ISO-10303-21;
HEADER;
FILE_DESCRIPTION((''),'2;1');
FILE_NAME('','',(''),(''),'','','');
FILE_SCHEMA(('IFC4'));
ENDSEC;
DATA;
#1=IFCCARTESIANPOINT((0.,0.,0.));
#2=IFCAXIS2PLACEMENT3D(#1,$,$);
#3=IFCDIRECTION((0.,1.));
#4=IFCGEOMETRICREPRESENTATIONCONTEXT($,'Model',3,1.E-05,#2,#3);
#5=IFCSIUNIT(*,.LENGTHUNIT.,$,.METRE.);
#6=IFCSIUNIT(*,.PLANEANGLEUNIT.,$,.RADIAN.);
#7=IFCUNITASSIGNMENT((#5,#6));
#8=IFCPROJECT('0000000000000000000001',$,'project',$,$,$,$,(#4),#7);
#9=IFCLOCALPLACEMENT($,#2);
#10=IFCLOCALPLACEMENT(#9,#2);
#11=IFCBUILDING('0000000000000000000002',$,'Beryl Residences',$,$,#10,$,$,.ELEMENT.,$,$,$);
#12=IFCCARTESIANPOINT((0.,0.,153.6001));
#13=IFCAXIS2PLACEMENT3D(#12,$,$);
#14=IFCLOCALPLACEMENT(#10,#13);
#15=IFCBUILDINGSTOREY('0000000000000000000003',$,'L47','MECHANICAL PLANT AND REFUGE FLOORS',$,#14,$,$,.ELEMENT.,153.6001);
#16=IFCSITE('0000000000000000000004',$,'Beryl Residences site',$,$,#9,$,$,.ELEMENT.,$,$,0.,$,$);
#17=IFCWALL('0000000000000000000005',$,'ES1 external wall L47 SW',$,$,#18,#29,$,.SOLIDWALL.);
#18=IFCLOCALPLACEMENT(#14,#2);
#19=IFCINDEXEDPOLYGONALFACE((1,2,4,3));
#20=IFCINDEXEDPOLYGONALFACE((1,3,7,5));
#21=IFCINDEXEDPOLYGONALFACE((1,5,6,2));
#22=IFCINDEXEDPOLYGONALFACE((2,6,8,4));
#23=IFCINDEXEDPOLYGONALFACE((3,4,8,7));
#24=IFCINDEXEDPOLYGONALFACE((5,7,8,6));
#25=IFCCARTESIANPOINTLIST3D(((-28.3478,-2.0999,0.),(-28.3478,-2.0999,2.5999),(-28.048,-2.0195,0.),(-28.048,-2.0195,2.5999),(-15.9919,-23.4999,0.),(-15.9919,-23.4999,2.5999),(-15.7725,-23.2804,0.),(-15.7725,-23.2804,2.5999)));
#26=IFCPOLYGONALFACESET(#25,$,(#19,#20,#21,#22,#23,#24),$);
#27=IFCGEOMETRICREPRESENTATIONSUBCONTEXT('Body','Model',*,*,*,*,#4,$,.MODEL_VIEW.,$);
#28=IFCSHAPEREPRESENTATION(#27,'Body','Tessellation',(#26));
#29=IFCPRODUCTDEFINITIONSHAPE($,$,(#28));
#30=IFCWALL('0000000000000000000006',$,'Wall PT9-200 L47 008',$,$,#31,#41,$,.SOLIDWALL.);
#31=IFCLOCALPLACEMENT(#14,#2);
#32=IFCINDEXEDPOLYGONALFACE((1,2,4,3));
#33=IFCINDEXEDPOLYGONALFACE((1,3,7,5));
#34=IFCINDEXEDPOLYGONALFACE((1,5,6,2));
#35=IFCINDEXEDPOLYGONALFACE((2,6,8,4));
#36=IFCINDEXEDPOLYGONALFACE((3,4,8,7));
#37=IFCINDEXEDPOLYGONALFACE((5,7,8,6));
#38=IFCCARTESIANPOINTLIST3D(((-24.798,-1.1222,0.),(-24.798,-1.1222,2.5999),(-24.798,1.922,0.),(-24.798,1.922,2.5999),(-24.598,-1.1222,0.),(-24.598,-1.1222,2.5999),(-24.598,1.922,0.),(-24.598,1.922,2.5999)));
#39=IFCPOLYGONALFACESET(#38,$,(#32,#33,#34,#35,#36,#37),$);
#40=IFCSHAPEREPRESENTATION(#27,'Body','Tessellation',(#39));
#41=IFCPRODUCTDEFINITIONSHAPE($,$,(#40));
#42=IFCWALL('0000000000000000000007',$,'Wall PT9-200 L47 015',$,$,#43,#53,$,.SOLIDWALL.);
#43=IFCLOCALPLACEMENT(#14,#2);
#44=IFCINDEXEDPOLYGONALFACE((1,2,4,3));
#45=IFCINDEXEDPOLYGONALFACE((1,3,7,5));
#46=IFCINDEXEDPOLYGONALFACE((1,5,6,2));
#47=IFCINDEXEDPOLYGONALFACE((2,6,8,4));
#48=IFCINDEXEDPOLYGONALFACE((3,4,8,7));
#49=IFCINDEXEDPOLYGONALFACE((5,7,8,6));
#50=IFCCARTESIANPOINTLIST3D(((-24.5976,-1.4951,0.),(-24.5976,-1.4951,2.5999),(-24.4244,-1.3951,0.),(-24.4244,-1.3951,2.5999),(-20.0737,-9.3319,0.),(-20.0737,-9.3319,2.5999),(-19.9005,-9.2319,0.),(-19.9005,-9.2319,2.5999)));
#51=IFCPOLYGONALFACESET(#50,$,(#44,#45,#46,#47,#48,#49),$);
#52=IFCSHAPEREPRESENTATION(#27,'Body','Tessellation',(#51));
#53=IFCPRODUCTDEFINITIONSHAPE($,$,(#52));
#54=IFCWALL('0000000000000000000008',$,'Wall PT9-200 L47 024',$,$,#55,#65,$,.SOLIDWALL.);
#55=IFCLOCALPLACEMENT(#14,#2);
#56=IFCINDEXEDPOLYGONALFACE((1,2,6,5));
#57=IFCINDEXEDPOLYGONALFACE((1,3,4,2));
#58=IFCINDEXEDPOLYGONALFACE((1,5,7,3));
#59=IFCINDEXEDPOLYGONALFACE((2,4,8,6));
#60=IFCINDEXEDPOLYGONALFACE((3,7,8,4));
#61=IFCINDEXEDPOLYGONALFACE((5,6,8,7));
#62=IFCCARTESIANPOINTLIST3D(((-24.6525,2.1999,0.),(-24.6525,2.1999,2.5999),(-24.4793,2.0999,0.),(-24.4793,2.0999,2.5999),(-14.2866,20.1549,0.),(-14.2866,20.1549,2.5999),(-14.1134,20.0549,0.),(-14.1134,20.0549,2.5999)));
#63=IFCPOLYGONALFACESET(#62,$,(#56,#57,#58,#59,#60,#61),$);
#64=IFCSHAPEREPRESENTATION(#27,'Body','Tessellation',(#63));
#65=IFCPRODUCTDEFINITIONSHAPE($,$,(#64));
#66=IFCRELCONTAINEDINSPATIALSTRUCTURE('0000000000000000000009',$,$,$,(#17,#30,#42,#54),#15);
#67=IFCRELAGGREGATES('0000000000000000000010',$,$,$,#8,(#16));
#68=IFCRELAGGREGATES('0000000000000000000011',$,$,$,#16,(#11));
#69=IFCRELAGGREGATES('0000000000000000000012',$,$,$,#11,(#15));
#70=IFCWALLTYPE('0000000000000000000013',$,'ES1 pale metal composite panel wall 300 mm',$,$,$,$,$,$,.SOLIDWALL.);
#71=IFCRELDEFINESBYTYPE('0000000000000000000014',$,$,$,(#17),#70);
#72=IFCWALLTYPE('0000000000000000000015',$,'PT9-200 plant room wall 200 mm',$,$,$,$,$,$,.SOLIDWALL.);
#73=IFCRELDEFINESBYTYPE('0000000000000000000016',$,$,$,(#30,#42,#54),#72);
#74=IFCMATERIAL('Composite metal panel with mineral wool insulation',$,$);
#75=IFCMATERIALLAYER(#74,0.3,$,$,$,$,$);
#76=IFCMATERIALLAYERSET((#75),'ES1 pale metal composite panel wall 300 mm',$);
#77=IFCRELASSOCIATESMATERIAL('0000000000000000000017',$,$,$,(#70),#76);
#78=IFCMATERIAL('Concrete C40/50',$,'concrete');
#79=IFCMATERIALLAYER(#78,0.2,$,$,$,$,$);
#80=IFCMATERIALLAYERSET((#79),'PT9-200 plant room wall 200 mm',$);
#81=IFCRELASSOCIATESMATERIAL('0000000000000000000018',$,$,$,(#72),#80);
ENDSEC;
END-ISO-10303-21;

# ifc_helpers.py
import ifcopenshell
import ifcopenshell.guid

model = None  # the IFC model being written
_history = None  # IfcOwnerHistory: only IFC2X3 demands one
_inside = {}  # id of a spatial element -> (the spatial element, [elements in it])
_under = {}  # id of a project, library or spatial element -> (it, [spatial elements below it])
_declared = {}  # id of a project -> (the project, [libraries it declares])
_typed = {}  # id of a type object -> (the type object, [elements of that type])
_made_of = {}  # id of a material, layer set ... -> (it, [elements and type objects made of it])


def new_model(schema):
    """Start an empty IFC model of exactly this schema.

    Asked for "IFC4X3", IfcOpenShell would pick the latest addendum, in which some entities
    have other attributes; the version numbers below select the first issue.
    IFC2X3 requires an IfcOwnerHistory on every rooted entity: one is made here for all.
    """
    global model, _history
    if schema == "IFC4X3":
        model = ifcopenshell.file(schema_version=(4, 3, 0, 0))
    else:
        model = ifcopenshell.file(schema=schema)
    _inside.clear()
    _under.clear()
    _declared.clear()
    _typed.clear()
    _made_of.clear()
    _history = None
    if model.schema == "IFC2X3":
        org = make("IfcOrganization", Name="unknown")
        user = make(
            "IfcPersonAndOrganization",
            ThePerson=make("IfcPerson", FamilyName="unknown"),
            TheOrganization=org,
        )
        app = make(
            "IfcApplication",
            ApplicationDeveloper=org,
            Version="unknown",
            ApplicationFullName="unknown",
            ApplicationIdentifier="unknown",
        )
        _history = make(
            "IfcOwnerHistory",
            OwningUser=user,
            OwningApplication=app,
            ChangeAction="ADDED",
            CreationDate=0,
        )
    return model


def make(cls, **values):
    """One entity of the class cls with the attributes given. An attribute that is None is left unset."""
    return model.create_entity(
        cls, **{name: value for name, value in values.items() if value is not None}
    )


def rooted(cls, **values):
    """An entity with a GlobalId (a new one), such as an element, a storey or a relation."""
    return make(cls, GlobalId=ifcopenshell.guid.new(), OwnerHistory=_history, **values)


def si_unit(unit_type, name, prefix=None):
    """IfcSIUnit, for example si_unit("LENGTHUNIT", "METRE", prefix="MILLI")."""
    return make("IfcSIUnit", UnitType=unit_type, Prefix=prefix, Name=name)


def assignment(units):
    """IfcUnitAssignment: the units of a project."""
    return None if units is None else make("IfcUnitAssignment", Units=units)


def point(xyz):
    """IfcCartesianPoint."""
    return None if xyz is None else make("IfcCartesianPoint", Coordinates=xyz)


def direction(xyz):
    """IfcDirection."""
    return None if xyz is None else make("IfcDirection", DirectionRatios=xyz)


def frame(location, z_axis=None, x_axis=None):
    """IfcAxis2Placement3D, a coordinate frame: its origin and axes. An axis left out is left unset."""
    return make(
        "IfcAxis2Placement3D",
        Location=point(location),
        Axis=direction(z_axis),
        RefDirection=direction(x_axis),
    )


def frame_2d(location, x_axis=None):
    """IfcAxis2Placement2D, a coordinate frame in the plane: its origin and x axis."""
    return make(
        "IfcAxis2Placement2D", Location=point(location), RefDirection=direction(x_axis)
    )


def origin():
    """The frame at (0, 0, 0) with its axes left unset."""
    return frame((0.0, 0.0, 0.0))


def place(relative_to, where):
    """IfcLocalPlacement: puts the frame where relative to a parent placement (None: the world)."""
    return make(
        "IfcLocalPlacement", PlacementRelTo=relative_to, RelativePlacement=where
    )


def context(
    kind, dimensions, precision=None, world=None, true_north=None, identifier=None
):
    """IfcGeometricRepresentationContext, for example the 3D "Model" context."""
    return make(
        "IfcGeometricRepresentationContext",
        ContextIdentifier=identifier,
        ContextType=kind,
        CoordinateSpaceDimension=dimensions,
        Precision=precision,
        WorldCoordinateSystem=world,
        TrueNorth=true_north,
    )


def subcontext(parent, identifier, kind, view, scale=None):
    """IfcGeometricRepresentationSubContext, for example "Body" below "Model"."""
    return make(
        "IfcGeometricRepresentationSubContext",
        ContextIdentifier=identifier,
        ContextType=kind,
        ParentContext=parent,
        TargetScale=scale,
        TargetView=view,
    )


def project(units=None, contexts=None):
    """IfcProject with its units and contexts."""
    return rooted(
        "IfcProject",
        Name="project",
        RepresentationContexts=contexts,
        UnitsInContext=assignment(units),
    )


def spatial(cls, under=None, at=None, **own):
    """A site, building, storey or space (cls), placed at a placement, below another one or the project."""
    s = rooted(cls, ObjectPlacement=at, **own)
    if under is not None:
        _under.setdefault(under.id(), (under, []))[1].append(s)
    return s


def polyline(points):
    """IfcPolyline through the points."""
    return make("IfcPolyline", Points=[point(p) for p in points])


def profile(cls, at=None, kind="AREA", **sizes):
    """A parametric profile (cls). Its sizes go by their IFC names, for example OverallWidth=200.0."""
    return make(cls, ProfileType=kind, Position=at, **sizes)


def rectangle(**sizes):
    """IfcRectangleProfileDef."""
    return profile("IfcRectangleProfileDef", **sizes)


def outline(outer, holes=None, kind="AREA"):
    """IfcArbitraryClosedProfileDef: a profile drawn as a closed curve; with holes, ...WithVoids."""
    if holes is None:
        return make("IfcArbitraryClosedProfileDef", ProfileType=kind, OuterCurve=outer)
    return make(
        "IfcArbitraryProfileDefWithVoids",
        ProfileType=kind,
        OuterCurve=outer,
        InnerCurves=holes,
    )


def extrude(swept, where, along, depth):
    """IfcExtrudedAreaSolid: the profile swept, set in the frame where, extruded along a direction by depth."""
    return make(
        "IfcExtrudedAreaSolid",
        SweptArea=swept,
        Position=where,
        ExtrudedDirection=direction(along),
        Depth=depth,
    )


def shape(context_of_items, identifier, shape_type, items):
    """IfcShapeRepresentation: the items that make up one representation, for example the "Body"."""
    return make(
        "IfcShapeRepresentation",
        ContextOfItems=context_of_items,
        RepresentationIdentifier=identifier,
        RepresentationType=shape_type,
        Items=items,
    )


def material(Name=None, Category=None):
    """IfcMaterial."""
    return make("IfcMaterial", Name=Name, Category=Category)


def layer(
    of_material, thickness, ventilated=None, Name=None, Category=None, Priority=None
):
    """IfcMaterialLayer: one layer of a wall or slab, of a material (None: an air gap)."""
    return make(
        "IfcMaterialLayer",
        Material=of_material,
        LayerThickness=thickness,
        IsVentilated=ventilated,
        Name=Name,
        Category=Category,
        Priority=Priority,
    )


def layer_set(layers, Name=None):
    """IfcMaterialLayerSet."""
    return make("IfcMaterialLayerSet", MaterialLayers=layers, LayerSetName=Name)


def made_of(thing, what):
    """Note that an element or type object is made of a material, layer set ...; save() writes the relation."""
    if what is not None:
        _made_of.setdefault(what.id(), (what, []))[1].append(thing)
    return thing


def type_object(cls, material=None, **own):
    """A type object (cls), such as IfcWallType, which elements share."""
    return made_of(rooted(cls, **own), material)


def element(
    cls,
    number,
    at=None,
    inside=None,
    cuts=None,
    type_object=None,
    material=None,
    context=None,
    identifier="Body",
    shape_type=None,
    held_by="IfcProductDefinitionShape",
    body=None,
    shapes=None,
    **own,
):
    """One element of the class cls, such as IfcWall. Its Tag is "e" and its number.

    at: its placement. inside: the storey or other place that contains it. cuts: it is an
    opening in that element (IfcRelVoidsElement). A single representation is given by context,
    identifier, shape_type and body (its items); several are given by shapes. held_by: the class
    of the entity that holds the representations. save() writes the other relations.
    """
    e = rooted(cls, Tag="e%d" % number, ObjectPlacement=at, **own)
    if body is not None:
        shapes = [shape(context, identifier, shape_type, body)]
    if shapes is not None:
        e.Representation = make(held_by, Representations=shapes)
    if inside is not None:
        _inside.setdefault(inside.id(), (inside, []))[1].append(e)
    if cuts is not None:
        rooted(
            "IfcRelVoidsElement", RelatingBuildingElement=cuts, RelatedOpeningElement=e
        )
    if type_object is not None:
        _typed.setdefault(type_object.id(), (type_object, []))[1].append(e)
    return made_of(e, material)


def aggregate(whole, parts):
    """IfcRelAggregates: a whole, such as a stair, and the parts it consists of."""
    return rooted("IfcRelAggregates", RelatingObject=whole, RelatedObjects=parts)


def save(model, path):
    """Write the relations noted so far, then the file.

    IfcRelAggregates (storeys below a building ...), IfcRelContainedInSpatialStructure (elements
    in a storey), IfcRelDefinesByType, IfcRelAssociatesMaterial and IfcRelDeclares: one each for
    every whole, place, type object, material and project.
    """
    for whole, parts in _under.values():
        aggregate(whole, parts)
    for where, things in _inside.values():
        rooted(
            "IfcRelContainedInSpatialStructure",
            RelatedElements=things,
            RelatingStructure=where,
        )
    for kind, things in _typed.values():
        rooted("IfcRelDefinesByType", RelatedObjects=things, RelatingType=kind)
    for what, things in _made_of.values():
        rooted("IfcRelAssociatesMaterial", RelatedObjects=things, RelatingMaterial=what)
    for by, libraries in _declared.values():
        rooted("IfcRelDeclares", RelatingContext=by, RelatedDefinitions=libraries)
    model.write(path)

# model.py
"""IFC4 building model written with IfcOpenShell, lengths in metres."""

from ifc_helpers import new_model, si_unit, direction, frame, frame_2d, origin, place, context, subcontext, project, spatial, polyline, rectangle, outline, extrude, material, layer, layer_set, type_object, element, save


model = new_model("IFC4")

# Units and contexts
model_context = context("Model", 3, precision=1e-05, world=origin(), true_north=direction((0.0, 1.0)))
body_context = subcontext(model_context, "Body", "Model", "MODEL_VIEW")
ifc_project = project(units=[si_unit("LENGTHUNIT", "METRE"), si_unit("PLANEANGLEUNIT", "RADIAN")], contexts=[model_context])

# Site, building, storey
site_placement = place(None, origin())
site = spatial("IfcSite", under=ifc_project, at=site_placement, Name="Beryl Residences site", CompositionType="ELEMENT", RefElevation=0.0)
building_placement = place(site_placement, origin())
building = spatial("IfcBuilding", under=site, at=building_placement, Name="Beryl Residences", CompositionType="ELEMENT")
storey_placement = place(building_placement, frame((0.0, 0.0, 153.6001)))
storey = spatial("IfcBuildingStorey", under=building, at=storey_placement, Name="L47", Description="MECHANICAL PLANT AND REFUGE FLOORS", CompositionType="ELEMENT", Elevation=153.6001)

# Walls
ifc_material_1 = material(Name="Composite metal panel with mineral wool insulation")
ifc_layer_1 = layer(ifc_material_1, 0.3)
ifc_layer_set_1 = layer_set([ifc_layer_1], Name="ES1 pale metal composite panel wall 300 mm")
wall_type_1 = type_object("IfcWallType", Name="ES1 pale metal composite panel wall 300 mm", PredefinedType="SOLIDWALL", material=ifc_layer_set_1)
wall_1_placement = place(storey_placement, frame((-28.218, -2.0249, 0.0), z_axis=(0.0, 0.0, 1.0), x_axis=(0.500018, -0.866015, 0.0)))
element("IfcWall", 1, at=wall_1_placement, inside=storey, type_object=wall_type_1, Name="ES1 external wall L47 SW", PredefinedType="SOLIDWALL", context=body_context, shape_type="SweptSolid", body=[
    extrude(outline(polyline([(0.0, -0.1499), (24.7109, -0.1499), (24.6306, 0.1499), (0.0803, 0.1499), (0.0, -0.1499)])), origin(), (0.0, 0.0, 1.0), 2.5999),
])
ifc_material_2 = material(Name="Concrete C40/50", Category="concrete")
ifc_layer_2 = layer(ifc_material_2, 0.2)
ifc_layer_set_2 = layer_set([ifc_layer_2], Name="PT9-200 plant room wall 200 mm")
wall_type_2 = type_object("IfcWallType", Name="PT9-200 plant room wall 200 mm", PredefinedType="SOLIDWALL", material=ifc_layer_set_2)
wall_2_placement = place(storey_placement, frame((-24.698, -1.1221, 0.0), z_axis=(0.0, 0.0, 1.0), x_axis=(0.0, 1.0, 0.0)))
element("IfcWall", 2, at=wall_2_placement, inside=storey, type_object=wall_type_2, Name="Wall PT9-200 L47 008", PredefinedType="SOLIDWALL", context=body_context, shape_type="SweptSolid", body=[
    extrude(rectangle(XDim=3.0442, YDim=0.2, at=frame_2d((1.522, 0.0))), origin(), (0.0, 0.0, 1.0), 2.5999),
])
wall_3_placement = place(storey_placement, frame((-24.511, -1.4451, 0.0), z_axis=(0.0, 0.0, 1.0), x_axis=(0.49994, -0.86606, 0.0)))
element("IfcWall", 3, at=wall_3_placement, inside=storey, type_object=wall_type_2, Name="Wall PT9-200 L47 015", PredefinedType="SOLIDWALL", context=body_context, shape_type="SweptSolid", body=[
    extrude(rectangle(XDim=9.0488, YDim=0.2, at=frame_2d((4.5244, 0.0))), origin(), (0.0, 0.0, 1.0), 2.5999),
])
wall_4_placement = place(storey_placement, frame((-24.5659, 2.1499, 0.0), z_axis=(0.0, 0.0, 1.0), x_axis=(0.499985, 0.866034, 0.0)))
element("IfcWall", 4, at=wall_4_placement, inside=storey, type_object=wall_type_2, Name="Wall PT9-200 L47 024", PredefinedType="SOLIDWALL", context=body_context, shape_type="SweptSolid", body=[
    extrude(rectangle(XDim=20.7324, YDim=0.2, at=frame_2d((10.3662, 0.0))), origin(), (0.0, 0.0, 1.0), 2.5999),
])

save(model, "model.ifc")
